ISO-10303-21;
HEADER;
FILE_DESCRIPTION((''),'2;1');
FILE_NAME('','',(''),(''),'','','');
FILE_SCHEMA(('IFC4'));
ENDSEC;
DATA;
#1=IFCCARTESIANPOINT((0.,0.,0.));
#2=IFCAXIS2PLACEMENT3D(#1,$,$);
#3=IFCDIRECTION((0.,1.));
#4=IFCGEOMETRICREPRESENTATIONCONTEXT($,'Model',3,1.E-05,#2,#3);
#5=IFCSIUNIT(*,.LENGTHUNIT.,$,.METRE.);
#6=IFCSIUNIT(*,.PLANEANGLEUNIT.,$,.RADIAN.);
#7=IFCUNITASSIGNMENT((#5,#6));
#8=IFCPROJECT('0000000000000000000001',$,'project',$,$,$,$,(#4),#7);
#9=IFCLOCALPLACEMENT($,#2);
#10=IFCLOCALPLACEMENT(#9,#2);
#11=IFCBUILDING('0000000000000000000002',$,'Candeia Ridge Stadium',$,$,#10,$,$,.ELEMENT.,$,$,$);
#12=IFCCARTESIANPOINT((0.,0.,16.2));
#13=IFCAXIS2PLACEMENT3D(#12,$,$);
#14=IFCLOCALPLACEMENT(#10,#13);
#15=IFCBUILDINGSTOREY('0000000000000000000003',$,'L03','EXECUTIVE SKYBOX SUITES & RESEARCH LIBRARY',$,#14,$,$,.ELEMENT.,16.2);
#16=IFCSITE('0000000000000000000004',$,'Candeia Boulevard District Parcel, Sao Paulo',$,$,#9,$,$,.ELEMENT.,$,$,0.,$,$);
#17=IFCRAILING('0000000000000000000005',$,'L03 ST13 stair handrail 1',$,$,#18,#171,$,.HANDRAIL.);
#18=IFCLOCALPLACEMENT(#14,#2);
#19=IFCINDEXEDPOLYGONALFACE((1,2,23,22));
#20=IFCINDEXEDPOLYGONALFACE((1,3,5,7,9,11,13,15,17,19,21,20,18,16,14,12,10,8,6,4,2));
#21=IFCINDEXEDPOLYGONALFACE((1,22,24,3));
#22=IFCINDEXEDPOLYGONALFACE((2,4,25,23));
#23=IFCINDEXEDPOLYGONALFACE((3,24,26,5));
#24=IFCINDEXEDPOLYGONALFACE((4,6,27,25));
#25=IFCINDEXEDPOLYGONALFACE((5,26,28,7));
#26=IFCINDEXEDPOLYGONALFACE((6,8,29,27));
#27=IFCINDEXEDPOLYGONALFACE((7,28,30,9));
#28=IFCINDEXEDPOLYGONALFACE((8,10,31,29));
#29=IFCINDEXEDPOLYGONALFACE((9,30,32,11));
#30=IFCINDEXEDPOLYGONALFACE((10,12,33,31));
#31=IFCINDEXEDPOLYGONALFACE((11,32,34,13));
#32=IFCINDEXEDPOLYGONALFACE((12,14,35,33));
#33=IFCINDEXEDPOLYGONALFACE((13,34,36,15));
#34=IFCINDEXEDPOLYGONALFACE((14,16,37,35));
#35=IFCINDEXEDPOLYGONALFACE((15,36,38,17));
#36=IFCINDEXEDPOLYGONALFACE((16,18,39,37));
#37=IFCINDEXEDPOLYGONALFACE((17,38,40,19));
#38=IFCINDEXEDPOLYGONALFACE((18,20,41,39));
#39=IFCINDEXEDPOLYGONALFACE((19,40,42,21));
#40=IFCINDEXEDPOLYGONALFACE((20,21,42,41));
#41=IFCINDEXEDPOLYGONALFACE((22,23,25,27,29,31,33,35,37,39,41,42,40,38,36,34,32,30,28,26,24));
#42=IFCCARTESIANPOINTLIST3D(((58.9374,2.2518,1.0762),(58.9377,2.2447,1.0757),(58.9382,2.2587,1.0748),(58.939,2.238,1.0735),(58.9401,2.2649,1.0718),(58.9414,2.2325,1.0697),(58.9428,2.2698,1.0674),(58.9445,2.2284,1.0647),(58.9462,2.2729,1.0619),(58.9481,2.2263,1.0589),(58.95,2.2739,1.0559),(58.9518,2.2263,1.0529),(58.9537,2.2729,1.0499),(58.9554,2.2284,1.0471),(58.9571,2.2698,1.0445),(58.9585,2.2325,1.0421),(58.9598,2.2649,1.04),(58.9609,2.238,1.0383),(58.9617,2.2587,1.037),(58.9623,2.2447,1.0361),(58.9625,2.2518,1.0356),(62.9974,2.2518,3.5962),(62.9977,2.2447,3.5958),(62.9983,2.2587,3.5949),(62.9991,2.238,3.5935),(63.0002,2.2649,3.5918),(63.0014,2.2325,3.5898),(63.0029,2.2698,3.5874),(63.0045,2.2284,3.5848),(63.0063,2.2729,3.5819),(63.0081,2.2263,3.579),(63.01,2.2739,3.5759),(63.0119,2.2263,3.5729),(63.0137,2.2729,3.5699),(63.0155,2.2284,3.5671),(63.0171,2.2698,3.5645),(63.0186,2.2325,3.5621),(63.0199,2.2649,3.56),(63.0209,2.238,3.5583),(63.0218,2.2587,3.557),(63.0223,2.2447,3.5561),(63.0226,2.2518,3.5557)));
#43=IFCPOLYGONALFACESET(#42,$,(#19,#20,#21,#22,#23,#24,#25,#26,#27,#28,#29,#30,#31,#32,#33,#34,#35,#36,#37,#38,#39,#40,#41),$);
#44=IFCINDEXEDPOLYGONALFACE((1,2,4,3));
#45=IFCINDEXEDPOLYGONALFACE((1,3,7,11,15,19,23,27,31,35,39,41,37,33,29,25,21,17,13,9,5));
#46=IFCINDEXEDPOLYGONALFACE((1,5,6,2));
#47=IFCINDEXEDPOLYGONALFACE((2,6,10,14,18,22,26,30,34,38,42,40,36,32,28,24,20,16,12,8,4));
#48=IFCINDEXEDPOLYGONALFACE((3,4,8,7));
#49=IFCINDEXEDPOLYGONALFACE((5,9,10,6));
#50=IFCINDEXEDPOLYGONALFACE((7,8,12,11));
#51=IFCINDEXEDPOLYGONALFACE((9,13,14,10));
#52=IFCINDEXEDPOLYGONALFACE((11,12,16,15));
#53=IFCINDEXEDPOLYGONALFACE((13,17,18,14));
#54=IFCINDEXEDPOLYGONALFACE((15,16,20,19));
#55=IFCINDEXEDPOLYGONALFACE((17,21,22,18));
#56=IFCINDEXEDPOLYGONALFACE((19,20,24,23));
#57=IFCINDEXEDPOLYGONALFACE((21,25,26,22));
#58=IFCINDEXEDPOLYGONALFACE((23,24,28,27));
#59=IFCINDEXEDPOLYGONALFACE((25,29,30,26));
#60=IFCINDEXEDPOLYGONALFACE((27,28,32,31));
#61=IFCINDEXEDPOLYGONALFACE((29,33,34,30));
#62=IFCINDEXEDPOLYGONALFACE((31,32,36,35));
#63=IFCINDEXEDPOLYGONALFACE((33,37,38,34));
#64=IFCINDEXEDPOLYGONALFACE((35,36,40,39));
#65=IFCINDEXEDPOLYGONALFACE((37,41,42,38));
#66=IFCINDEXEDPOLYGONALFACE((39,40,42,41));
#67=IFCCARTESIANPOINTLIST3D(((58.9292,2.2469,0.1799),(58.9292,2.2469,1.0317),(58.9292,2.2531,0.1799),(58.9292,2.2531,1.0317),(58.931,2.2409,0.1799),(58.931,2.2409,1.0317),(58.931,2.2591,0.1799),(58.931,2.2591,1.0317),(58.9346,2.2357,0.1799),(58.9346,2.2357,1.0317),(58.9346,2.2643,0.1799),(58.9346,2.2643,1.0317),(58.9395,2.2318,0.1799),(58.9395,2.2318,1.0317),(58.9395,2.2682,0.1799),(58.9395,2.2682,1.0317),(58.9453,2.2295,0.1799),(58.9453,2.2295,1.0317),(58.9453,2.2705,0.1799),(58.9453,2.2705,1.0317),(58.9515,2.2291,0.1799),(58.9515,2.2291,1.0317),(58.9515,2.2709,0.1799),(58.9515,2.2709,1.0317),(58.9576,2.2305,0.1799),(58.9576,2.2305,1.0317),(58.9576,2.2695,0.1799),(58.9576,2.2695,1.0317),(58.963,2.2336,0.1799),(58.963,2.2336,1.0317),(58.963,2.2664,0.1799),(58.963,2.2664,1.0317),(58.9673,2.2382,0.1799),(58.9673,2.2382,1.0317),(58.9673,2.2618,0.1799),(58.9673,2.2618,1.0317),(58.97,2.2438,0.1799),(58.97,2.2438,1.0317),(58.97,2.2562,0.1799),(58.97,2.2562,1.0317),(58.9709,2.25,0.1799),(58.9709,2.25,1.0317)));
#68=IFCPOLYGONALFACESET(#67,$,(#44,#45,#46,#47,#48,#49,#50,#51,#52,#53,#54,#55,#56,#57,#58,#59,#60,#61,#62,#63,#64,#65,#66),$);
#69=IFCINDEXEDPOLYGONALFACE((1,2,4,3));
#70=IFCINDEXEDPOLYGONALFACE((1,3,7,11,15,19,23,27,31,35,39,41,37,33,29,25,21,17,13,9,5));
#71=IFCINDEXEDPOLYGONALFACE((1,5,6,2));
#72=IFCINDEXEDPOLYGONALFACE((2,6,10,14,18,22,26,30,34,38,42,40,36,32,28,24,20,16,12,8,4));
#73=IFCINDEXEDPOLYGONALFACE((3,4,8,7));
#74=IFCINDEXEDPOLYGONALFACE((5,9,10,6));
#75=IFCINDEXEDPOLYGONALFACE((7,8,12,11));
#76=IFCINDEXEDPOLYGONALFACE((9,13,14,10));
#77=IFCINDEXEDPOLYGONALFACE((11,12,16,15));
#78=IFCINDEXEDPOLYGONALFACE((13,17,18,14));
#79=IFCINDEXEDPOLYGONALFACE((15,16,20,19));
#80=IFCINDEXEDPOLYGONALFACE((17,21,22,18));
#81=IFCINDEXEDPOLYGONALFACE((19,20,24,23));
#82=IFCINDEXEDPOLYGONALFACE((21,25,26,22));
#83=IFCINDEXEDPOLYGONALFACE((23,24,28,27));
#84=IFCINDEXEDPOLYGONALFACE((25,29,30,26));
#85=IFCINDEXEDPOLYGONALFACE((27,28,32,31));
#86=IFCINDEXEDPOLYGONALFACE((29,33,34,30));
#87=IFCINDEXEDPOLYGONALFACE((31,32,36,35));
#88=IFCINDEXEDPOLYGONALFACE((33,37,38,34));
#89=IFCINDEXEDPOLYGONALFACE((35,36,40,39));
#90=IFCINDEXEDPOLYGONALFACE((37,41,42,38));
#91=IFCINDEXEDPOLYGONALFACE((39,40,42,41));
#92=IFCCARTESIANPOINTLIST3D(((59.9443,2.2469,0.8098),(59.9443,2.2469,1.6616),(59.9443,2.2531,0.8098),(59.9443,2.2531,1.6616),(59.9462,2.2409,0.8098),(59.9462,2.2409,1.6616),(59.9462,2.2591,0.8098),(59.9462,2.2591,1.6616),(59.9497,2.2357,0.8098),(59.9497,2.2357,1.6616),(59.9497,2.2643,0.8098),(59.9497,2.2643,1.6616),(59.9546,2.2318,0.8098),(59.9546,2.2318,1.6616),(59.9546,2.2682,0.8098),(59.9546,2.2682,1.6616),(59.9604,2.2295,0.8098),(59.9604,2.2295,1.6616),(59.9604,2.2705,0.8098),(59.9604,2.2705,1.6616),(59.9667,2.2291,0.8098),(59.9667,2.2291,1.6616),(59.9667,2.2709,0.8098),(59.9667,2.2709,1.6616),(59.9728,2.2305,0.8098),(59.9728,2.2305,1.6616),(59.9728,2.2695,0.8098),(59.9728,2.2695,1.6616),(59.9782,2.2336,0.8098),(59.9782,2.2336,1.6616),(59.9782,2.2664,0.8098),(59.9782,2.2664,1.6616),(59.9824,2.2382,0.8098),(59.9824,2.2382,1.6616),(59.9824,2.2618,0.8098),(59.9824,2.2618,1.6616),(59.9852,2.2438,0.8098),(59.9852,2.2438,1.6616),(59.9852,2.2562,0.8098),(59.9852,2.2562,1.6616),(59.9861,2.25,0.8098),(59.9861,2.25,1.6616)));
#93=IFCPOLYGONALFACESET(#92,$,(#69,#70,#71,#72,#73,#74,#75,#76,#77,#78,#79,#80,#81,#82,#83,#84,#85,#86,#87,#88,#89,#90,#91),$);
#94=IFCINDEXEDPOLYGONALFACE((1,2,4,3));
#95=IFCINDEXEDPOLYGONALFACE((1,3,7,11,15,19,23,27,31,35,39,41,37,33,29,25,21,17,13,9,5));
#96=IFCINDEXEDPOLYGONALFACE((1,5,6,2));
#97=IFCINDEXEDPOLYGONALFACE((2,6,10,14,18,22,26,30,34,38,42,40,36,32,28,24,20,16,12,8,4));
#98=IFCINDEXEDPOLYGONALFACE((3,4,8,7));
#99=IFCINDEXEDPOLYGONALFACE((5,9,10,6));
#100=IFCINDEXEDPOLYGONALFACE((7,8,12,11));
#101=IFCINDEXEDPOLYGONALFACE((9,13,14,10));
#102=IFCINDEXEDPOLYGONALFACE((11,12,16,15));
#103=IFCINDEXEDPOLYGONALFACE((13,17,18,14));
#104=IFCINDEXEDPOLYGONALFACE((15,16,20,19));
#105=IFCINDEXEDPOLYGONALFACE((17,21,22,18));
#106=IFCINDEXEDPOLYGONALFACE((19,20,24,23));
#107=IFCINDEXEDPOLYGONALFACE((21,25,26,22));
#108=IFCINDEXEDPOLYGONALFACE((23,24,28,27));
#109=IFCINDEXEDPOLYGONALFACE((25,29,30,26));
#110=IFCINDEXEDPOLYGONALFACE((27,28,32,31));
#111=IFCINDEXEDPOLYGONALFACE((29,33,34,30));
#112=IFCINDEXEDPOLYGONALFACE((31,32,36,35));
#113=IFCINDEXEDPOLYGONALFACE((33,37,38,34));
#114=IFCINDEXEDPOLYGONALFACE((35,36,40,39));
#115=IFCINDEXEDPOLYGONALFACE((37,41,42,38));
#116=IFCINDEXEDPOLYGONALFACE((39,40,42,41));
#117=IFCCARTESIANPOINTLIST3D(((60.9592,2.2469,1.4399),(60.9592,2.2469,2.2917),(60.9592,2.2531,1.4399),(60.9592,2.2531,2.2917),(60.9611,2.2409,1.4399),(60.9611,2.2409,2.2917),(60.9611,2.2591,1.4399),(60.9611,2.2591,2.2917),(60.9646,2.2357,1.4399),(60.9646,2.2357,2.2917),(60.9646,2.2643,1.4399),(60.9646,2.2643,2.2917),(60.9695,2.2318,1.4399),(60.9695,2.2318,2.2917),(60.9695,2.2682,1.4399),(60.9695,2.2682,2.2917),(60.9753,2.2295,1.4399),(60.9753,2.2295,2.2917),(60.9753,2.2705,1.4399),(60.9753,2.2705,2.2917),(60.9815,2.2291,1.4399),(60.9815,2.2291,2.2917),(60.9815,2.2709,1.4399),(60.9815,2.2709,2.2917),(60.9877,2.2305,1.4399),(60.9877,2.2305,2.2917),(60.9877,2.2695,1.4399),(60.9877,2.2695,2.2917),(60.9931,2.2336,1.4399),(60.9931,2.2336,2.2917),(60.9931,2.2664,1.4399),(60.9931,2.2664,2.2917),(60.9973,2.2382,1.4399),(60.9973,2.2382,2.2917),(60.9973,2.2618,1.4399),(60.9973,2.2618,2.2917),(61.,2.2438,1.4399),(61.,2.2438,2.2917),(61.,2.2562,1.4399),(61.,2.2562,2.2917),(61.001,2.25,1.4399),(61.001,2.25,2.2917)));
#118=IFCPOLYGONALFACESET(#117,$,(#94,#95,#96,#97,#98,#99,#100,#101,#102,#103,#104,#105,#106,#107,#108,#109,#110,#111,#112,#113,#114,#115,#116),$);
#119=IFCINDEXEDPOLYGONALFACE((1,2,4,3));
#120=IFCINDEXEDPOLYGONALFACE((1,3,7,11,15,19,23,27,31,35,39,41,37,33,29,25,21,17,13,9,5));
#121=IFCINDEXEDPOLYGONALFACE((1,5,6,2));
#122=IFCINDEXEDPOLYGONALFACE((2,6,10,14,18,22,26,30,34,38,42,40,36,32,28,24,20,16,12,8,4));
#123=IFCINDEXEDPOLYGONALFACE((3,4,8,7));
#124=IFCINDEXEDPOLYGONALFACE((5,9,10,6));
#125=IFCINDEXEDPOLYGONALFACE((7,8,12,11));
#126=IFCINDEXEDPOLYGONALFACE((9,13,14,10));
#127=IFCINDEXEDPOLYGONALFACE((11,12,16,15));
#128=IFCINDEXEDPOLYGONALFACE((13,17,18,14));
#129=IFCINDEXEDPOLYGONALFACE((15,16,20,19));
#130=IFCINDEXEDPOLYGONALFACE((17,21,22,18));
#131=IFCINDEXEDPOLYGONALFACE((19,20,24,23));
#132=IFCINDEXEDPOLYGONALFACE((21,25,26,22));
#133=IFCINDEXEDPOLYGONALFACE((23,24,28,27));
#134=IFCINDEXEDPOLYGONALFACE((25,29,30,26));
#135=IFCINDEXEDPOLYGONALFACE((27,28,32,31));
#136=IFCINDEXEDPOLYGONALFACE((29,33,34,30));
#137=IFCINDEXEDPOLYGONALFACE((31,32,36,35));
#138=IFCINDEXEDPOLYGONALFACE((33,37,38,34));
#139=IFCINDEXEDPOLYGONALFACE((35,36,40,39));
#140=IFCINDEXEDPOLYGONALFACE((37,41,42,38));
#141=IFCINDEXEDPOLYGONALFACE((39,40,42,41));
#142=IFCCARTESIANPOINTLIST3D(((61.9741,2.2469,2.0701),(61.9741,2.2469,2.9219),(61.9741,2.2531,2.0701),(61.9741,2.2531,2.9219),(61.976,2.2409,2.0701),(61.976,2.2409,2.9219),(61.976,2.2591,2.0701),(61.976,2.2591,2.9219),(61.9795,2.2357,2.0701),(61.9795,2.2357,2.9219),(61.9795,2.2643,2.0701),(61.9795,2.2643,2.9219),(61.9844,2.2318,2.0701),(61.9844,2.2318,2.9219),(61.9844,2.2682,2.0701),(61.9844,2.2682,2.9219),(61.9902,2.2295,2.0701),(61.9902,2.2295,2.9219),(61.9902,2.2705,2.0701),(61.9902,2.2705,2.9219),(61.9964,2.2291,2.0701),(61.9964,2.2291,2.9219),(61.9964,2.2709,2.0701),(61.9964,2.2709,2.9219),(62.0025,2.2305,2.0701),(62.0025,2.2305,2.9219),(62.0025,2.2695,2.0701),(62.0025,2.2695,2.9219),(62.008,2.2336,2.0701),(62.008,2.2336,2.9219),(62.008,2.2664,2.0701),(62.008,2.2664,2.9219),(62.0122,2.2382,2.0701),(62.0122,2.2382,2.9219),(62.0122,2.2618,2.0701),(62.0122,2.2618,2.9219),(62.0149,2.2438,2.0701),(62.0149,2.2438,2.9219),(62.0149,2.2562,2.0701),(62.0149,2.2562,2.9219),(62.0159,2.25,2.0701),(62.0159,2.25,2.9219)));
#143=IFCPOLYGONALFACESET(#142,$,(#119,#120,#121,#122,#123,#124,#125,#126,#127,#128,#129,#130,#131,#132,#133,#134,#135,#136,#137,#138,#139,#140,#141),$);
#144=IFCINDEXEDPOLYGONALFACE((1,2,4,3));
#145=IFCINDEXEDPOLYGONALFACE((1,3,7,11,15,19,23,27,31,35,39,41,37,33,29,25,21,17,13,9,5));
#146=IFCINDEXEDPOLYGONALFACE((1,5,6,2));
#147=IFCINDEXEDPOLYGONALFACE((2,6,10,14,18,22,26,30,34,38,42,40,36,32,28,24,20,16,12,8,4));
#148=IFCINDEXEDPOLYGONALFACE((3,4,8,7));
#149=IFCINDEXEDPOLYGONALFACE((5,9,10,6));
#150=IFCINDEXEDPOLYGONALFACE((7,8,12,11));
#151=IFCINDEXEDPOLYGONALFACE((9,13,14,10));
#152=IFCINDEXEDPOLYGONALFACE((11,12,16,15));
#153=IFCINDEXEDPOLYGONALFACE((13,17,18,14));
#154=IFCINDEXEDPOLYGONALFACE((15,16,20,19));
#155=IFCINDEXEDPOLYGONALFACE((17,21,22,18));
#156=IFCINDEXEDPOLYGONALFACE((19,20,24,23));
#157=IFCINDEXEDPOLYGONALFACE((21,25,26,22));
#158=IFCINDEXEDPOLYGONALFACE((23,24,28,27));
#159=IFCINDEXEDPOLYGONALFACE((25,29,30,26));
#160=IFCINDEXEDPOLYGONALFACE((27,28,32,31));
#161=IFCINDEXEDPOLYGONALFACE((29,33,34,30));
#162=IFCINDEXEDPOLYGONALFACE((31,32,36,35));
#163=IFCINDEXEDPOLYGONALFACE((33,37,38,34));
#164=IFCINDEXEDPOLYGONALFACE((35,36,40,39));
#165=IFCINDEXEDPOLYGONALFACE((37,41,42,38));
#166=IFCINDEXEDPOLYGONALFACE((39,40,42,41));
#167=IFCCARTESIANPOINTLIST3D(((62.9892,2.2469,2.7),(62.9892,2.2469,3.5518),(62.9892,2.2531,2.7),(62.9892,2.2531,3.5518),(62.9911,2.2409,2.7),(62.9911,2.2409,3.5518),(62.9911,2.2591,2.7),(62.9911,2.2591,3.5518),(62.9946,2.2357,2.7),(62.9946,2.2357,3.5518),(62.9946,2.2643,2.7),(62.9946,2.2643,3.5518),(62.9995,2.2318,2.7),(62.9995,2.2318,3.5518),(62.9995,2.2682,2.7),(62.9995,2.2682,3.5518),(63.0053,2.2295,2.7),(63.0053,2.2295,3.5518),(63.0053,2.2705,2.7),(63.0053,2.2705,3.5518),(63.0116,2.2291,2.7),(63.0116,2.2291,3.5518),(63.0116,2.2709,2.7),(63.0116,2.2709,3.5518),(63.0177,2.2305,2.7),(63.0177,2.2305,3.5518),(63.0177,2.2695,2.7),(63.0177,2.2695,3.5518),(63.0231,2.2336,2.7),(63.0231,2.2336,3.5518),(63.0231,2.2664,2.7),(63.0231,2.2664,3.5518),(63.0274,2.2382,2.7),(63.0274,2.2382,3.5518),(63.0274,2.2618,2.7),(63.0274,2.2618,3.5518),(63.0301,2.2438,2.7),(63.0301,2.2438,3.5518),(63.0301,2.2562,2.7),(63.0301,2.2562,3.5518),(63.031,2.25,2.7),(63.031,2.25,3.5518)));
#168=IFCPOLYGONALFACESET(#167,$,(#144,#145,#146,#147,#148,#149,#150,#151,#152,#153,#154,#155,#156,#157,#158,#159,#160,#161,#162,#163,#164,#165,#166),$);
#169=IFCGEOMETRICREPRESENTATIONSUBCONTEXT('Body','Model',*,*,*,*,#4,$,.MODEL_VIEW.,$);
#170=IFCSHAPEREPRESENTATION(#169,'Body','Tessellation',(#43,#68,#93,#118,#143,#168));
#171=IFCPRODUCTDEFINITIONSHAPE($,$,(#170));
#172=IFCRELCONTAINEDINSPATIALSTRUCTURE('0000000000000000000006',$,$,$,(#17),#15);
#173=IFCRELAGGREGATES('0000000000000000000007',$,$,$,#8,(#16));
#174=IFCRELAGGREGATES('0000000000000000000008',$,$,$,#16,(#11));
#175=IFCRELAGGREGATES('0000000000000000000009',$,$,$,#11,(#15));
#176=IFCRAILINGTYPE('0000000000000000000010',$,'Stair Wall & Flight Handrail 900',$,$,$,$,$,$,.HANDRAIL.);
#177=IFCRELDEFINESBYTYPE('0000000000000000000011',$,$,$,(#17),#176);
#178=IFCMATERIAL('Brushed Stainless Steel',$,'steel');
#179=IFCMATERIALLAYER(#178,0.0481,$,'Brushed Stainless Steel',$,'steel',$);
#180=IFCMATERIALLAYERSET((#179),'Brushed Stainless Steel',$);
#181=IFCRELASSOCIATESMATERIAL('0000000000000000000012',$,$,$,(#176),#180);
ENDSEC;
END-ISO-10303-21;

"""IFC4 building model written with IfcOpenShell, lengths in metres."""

from ifc_helpers import new_model, si_unit, direction, frame, origin, origin_2d, place, context, subcontext, project, spatial, circle, extrude, material, layer, layer_set, type_object, element, save


model = new_model("IFC4")

# Units and contexts
model_context = context("Model", 3, precision=1e-05, world=origin(), true_north=direction((0.0, 1.0)))
body_context = subcontext(model_context, "Body", "Model", "MODEL_VIEW")
ifc_project = project(units=[si_unit("LENGTHUNIT", "METRE"), si_unit("PLANEANGLEUNIT", "RADIAN")], contexts=[model_context])

# Site, building, storey
site_placement = place(None, origin())
site = spatial("IfcSite", under=ifc_project, at=site_placement, Name="Candeia Boulevard District Parcel, Sao Paulo", CompositionType="ELEMENT", RefElevation=0.0)
building_placement = place(site_placement, origin())
building = spatial("IfcBuilding", under=site, at=building_placement, Name="Candeia Ridge Stadium", CompositionType="ELEMENT")
storey_placement = place(building_placement, frame((0.0, 0.0, 16.2)))
storey = spatial("IfcBuildingStorey", under=building, at=storey_placement, Name="L03", Description="EXECUTIVE SKYBOX SUITES & RESEARCH LIBRARY", CompositionType="ELEMENT", Elevation=16.2)

# Railing
ifc_material_1 = material(Name="Brushed Stainless Steel", Category="steel")
ifc_layer_1 = layer(ifc_material_1, 0.0481, Name="Brushed Stainless Steel", Category="steel")
ifc_layer_set_1 = layer_set([ifc_layer_1], Name="Brushed Stainless Steel")
railing_type_1 = type_object("IfcRailingType", Name="Stair Wall & Flight Handrail 900", PredefinedType="HANDRAIL", material=ifc_layer_set_1)
railing_1_placement = place(storey_placement, frame((58.95, 2.25, 0.1799)))
element("IfcRailing", 1, at=railing_1_placement, inside=storey, type_object=railing_type_1, Name="L03 ST13 stair handrail 1", PredefinedType="HANDRAIL", context=body_context, shape_type="SweptSolid", body=[
    extrude(circle(Radius=0.0239, at=origin_2d()), frame((0.0, 0.0, 0.876), z_axis=(0.849642, 0.0, 0.52736), x_axis=(0.0, 1.0, 0.0)), (0.0, 0.0, 1.0), 4.7786),
    extrude(circle(Radius=0.021, at=origin_2d()), origin(), (0.0, 0.0, 1.0), 0.8518),
    extrude(circle(Radius=0.021, at=origin_2d()), frame((1.0151, 0.0, 0.6299)), (0.0, 0.0, 1.0), 0.8518),
    extrude(circle(Radius=0.021, at=origin_2d()), frame((2.03, 0.0, 1.26)), (0.0, 0.0, 1.0), 0.8518),
    extrude(circle(Radius=0.021, at=origin_2d()), frame((3.0449, 0.0, 1.8901)), (0.0, 0.0, 1.0), 0.8518),
    extrude(circle(Radius=0.021, at=origin_2d()), frame((4.0601, 0.0, 2.52)), (0.0, 0.0, 1.0), 0.8518),
])

save(model, "model.ifc")
